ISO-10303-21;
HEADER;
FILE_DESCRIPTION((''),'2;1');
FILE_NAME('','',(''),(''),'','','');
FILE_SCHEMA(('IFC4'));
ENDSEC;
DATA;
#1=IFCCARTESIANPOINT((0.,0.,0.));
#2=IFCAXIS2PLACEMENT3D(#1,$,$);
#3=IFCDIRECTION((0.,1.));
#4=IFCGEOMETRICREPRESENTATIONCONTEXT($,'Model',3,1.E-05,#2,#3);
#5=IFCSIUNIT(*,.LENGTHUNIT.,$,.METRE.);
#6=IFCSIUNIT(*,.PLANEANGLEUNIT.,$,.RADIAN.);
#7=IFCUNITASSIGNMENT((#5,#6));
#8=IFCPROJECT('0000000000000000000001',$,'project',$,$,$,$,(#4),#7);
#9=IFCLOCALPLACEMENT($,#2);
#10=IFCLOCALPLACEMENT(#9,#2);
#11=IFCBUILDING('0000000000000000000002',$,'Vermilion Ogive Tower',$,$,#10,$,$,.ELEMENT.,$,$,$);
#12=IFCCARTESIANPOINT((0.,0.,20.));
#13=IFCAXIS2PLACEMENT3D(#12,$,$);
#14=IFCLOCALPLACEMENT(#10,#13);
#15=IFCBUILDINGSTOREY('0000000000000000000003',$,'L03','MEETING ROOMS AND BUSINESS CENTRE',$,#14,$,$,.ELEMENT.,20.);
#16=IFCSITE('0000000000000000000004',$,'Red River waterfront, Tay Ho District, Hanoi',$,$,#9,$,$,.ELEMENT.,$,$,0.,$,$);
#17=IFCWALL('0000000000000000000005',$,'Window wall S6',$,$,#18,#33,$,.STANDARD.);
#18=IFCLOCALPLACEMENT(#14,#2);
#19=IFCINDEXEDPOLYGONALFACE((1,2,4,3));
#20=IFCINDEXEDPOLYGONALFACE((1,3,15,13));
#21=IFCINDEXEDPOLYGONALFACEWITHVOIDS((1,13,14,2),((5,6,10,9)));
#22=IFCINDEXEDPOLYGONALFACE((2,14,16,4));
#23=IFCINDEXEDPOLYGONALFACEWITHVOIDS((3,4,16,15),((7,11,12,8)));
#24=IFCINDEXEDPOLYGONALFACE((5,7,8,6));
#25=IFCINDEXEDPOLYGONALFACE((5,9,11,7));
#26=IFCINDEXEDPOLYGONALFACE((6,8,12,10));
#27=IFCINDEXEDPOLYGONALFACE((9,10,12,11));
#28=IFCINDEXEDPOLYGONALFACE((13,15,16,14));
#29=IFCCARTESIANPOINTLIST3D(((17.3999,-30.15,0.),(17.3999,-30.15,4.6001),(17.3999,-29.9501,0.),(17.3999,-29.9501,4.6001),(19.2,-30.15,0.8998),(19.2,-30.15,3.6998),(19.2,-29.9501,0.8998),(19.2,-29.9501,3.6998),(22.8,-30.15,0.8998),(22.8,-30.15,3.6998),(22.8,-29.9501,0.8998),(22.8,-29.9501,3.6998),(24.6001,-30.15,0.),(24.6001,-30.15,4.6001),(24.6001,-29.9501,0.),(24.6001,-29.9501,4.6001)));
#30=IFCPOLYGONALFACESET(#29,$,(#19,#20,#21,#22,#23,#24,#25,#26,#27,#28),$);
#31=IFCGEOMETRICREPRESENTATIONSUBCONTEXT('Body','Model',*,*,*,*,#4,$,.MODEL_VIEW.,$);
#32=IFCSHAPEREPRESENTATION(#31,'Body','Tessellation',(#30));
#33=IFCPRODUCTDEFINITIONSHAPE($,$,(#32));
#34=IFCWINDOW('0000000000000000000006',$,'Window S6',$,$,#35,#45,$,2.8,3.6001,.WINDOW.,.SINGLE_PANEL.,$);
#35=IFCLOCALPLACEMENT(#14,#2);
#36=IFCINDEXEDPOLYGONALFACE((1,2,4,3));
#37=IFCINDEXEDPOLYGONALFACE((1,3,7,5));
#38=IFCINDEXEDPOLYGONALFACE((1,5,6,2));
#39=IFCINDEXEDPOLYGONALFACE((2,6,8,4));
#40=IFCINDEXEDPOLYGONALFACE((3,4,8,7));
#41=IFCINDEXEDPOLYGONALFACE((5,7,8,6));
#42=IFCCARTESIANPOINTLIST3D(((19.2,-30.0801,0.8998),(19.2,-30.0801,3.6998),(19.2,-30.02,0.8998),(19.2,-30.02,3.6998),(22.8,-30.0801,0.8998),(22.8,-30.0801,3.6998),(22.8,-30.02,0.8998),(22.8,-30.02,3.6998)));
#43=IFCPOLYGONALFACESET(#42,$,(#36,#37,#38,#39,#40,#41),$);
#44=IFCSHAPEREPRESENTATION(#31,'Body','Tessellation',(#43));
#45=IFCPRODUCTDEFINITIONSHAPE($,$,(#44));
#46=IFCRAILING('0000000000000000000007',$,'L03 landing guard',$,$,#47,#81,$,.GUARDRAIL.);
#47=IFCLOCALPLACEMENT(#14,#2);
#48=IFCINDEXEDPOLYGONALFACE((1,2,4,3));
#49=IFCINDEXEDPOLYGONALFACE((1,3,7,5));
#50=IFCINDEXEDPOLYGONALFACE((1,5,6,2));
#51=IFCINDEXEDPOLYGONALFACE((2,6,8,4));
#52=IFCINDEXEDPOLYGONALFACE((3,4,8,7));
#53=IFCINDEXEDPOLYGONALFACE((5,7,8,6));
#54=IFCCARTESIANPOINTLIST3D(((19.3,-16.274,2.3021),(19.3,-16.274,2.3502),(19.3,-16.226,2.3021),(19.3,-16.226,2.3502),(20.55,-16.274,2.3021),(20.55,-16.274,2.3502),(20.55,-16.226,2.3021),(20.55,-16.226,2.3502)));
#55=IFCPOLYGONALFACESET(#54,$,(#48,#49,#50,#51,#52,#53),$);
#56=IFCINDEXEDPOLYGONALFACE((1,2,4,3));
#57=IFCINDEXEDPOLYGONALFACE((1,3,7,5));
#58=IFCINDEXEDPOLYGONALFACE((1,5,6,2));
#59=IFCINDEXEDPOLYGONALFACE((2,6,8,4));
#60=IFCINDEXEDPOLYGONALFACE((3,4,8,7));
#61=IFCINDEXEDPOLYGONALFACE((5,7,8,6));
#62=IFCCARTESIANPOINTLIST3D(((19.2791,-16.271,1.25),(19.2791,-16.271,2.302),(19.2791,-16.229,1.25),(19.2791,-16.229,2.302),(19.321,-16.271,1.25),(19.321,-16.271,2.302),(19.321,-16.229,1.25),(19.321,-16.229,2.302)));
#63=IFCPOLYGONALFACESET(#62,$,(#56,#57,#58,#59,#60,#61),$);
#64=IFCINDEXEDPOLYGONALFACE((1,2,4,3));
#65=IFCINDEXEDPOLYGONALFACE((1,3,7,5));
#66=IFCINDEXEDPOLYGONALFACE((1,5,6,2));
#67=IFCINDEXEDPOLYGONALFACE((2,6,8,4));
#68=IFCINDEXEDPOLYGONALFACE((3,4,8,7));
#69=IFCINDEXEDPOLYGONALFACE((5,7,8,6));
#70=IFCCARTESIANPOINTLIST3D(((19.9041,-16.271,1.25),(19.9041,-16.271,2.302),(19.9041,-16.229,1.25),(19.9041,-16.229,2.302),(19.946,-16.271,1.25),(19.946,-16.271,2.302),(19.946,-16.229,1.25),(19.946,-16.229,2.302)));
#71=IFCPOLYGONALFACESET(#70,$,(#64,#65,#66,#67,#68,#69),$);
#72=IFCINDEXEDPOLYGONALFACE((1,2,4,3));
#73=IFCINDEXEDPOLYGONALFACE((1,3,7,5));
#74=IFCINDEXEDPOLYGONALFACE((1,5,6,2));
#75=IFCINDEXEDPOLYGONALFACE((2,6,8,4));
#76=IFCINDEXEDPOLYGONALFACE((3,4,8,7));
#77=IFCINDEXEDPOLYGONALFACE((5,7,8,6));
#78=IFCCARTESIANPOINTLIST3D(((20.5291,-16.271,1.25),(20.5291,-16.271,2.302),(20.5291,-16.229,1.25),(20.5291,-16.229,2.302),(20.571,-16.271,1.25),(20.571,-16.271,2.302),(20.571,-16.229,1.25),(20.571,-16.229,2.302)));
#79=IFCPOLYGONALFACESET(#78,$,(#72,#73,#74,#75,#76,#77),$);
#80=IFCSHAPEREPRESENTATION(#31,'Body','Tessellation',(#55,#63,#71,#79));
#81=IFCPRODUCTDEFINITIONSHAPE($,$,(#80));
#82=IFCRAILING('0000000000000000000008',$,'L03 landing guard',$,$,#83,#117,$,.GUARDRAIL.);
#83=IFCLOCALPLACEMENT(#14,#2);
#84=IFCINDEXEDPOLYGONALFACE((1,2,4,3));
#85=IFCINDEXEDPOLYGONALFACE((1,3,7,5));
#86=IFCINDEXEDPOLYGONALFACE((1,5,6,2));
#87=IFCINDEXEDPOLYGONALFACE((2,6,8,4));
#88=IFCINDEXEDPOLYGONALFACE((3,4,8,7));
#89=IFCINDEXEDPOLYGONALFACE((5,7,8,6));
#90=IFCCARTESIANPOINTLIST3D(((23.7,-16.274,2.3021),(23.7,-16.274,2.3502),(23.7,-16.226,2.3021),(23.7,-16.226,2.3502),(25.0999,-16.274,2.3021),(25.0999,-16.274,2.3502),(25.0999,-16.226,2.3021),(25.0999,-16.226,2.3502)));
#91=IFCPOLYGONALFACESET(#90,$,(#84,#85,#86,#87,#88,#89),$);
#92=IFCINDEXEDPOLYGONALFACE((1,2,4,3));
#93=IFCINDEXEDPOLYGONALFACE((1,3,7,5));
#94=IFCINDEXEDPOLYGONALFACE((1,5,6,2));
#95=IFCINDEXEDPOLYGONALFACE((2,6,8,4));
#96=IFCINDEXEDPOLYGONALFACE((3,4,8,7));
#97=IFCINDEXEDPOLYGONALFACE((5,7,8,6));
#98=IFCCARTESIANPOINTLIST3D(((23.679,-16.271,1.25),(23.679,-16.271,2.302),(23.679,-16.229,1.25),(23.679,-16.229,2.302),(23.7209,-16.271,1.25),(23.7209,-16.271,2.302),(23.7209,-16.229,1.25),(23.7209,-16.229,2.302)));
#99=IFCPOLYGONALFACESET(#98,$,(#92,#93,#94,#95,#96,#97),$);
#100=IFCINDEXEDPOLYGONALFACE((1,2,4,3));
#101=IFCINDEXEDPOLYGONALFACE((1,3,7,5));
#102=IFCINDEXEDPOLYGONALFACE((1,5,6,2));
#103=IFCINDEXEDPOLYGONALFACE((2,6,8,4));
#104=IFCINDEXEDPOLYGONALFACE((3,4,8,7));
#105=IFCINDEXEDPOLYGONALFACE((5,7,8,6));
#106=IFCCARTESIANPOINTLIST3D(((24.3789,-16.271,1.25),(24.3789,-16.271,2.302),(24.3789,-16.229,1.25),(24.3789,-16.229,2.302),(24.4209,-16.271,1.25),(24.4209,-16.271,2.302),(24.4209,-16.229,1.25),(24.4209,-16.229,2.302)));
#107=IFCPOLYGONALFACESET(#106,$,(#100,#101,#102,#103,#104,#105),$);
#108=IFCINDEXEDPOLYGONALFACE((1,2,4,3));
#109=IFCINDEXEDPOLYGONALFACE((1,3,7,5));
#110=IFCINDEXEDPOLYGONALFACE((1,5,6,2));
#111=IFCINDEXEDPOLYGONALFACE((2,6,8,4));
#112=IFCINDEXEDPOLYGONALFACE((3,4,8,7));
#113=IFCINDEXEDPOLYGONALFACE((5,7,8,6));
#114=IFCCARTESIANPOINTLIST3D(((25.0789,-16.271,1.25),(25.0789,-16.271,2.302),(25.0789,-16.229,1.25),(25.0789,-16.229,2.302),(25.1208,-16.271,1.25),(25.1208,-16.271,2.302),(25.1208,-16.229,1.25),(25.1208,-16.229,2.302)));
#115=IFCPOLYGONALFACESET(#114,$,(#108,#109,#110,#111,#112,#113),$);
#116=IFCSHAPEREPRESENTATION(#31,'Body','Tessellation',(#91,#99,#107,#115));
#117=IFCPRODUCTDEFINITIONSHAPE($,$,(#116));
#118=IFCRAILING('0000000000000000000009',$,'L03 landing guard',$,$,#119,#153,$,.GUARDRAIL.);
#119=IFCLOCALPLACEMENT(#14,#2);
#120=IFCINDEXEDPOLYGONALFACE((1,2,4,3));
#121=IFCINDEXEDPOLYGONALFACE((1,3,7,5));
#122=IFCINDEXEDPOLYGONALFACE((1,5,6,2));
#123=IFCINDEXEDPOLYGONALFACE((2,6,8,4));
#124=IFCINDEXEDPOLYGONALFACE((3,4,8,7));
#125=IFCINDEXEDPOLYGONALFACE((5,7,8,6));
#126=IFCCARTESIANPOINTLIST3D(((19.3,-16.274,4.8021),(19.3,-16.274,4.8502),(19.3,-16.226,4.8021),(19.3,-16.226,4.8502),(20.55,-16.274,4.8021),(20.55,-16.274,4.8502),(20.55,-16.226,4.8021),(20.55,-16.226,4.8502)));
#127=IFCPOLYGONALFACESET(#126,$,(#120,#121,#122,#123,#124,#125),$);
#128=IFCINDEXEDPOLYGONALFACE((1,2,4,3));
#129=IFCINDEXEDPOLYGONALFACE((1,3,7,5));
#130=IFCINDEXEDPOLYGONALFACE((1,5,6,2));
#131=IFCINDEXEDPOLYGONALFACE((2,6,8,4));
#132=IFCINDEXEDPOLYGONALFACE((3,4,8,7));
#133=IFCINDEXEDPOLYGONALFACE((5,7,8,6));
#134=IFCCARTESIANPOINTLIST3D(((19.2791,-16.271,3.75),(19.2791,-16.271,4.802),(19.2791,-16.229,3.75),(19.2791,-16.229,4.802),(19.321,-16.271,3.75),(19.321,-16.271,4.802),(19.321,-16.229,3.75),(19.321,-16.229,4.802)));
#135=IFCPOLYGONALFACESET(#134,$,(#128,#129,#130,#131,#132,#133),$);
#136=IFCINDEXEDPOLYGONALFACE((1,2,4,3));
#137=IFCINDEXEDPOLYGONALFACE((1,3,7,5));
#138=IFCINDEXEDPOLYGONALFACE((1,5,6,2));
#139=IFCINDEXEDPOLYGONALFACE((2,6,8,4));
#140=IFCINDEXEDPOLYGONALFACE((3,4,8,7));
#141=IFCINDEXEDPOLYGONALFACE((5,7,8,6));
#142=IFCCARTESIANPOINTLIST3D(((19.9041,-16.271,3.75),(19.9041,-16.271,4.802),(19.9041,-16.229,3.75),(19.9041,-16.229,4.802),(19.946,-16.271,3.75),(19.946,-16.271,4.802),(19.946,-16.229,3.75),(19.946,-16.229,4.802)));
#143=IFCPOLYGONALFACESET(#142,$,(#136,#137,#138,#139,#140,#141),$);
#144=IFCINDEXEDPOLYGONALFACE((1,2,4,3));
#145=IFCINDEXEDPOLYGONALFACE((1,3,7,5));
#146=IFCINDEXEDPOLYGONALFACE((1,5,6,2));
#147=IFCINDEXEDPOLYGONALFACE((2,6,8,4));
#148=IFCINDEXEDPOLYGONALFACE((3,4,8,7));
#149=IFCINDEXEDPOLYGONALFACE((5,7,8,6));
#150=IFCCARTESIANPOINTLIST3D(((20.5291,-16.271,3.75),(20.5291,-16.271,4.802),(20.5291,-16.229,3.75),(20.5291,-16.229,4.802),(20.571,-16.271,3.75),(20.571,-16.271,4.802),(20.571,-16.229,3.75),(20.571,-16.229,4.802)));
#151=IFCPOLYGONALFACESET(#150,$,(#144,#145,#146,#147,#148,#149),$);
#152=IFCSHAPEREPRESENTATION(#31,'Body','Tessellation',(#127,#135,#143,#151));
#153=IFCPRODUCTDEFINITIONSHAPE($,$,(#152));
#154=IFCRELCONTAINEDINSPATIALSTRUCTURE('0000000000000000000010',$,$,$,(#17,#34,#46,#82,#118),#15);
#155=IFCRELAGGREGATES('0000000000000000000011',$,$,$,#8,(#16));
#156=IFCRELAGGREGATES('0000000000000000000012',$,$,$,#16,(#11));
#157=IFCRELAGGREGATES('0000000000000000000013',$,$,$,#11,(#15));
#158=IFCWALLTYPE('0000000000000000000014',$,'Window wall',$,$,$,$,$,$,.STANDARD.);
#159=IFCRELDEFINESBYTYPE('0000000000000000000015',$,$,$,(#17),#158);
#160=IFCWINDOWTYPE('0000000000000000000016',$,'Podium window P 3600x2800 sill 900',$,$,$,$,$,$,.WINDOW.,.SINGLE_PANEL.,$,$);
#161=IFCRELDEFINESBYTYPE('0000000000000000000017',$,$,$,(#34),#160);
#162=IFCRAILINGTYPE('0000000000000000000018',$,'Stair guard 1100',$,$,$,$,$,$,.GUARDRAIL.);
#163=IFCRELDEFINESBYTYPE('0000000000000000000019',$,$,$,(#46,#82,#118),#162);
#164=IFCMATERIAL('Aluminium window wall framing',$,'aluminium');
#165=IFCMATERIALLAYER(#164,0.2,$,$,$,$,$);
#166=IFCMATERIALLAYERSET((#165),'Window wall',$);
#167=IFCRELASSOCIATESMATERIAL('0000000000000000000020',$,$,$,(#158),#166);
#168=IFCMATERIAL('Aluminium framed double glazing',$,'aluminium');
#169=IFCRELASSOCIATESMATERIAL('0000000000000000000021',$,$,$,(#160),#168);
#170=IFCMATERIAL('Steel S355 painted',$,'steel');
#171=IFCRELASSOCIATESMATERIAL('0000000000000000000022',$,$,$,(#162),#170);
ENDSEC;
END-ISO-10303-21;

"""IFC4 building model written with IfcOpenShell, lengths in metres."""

from ifc_helpers import new_model, si_unit, direction, frame, frame_2d, origin, origin_2d, place, context, subcontext, project, spatial, rectangle, extrude, material, layer, layer_set, type_object, element, fill, save


model = new_model("IFC4")

# Units and contexts
model_context = context("Model", 3, precision=1e-05, world=origin(), true_north=direction((0.0, 1.0)))
body_context = subcontext(model_context, "Body", "Model", "MODEL_VIEW")
ifc_project = project(units=[si_unit("LENGTHUNIT", "METRE"), si_unit("PLANEANGLEUNIT", "RADIAN")], contexts=[model_context])

# Site, building, storey
site_placement = place(None, origin())
site = spatial("IfcSite", under=ifc_project, at=site_placement, Name="Red River waterfront, Tay Ho District, Hanoi", CompositionType="ELEMENT", RefElevation=0.0)
building_placement = place(site_placement, origin())
building = spatial("IfcBuilding", under=site, at=building_placement, Name="Vermilion Ogive Tower", CompositionType="ELEMENT")
storey_placement = place(building_placement, frame((0.0, 0.0, 20.0)))
storey = spatial("IfcBuildingStorey", under=building, at=storey_placement, Name="L03", Description="MEETING ROOMS AND BUSINESS CENTRE", CompositionType="ELEMENT", Elevation=20.0)

# Wall, opening, window
ifc_material_1 = material(Name="Aluminium window wall framing", Category="aluminium")
ifc_layer_1 = layer(ifc_material_1, 0.2)
ifc_layer_set_1 = layer_set([ifc_layer_1], Name="Window wall")
wall_type_1 = type_object("IfcWallType", Name="Window wall", PredefinedType="STANDARD", material=ifc_layer_set_1)
wall_1_placement = place(storey_placement, frame((17.3999, -30.05, 0.0), z_axis=(0.0, 0.0, 1.0), x_axis=(1.0, 0.0, 0.0)))
wall_1 = element("IfcWall", 1, at=wall_1_placement, inside=storey, type_object=wall_type_1, Name="Window wall S6", PredefinedType="STANDARD", context=body_context, shape_type="SweptSolid", body=[
    extrude(rectangle(XDim=7.2002, YDim=0.2, at=frame_2d((3.6001, 0.0))), origin(), (0.0, 0.0, 1.0), 4.6001),
])
opening_1_placement = place(wall_1_placement, frame((1.8, 0.0, 0.8999)))
opening_1 = element("IfcOpeningElement", 2, at=opening_1_placement, cuts=wall_1, PredefinedType="OPENING", context=body_context, shape_type="SweptSolid", body=[
    extrude(rectangle(XDim=3.6001, YDim=2.8, at=frame_2d((1.8, 1.3999))), frame((0.0, 0.1099, 0.0), z_axis=(0.0, -1.0, 0.0), x_axis=(1.0, 0.0, 0.0)), (0.0, 0.0, 1.0), 0.22),
])
ifc_material_2 = material(Name="Aluminium framed double glazing", Category="aluminium")
window_type = type_object("IfcWindowType", Name="Podium window P 3600x2800 sill 900", PartitioningType="SINGLE_PANEL", PredefinedType="WINDOW", material=ifc_material_2)
window_placement = place(opening_1_placement, origin())
window = element("IfcWindow", 3, at=window_placement, inside=storey, type_object=window_type, Name="Window S6", OverallHeight=2.8, OverallWidth=3.6001, PartitioningType="SINGLE_PANEL", PredefinedType="WINDOW", context=body_context, shape_type="SweptSolid", body=[
    extrude(rectangle(XDim=3.6001, YDim=2.8, at=frame_2d((1.8, 1.3999))), frame((0.0, 0.03, 0.0), z_axis=(0.0, -1.0, 0.0), x_axis=(1.0, 0.0, 0.0)), (0.0, 0.0, 1.0), 0.0601),
])
fill(opening_1, window)

# Railings
ifc_material_3 = material(Name="Steel S355 painted", Category="steel")
railing_type = type_object("IfcRailingType", Name="Stair guard 1100", PredefinedType="GUARDRAIL", material=ifc_material_3)
railing_1_placement = place(storey_placement, frame((19.3, -16.25, 1.25)))
element("IfcRailing", 4, at=railing_1_placement, inside=storey, type_object=railing_type, Name="L03 landing guard", PredefinedType="GUARDRAIL", context=body_context, shape_type="SweptSolid", body=[
    extrude(rectangle(XDim=0.0481, YDim=0.0481, at=origin_2d()), frame((0.0, 0.0, 1.0762), z_axis=(1.0, 0.0, 0.0), x_axis=(0.0, 1.0, 0.0)), (0.0, 0.0, 1.0), 1.25),
    extrude(rectangle(XDim=0.042, YDim=0.042, at=origin_2d()), origin(), (0.0, 0.0, 1.0), 1.052),
    extrude(rectangle(XDim=0.042, YDim=0.042, at=origin_2d()), frame((0.625, 0.0, 0.0)), (0.0, 0.0, 1.0), 1.052),
    extrude(rectangle(XDim=0.042, YDim=0.042, at=origin_2d()), frame((1.25, 0.0, 0.0)), (0.0, 0.0, 1.0), 1.052),
])
railing_2_placement = place(storey_placement, frame((23.7, -16.25, 1.25)))
element("IfcRailing", 5, at=railing_2_placement, inside=storey, type_object=railing_type, Name="L03 landing guard", PredefinedType="GUARDRAIL", context=body_context, shape_type="SweptSolid", body=[
    extrude(rectangle(XDim=0.0481, YDim=0.0481, at=origin_2d()), frame((0.0, 0.0, 1.0762), z_axis=(1.0, 0.0, 0.0), x_axis=(0.0, 1.0, 0.0)), (0.0, 0.0, 1.0), 1.3999),
    extrude(rectangle(XDim=0.042, YDim=0.042, at=origin_2d()), origin(), (0.0, 0.0, 1.0), 1.052),
    extrude(rectangle(XDim=0.042, YDim=0.042, at=origin_2d()), frame((0.7, 0.0, 0.0)), (0.0, 0.0, 1.0), 1.052),
    extrude(rectangle(XDim=0.042, YDim=0.042, at=origin_2d()), frame((1.3999, 0.0, 0.0)), (0.0, 0.0, 1.0), 1.052),
])
railing_3_placement = place(storey_placement, frame((19.3, -16.25, 3.75)))
element("IfcRailing", 6, at=railing_3_placement, inside=storey, type_object=railing_type, Name="L03 landing guard", PredefinedType="GUARDRAIL", context=body_context, shape_type="SweptSolid", body=[
    extrude(rectangle(XDim=0.0481, YDim=0.0481, at=origin_2d()), frame((0.0, 0.0, 1.0762), z_axis=(1.0, 0.0, 0.0), x_axis=(0.0, 1.0, 0.0)), (0.0, 0.0, 1.0), 1.25),
    extrude(rectangle(XDim=0.042, YDim=0.042, at=origin_2d()), origin(), (0.0, 0.0, 1.0), 1.052),
    extrude(rectangle(XDim=0.042, YDim=0.042, at=origin_2d()), frame((0.625, 0.0, 0.0)), (0.0, 0.0, 1.0), 1.052),
    extrude(rectangle(XDim=0.042, YDim=0.042, at=origin_2d()), frame((1.25, 0.0, 0.0)), (0.0, 0.0, 1.0), 1.052),
])

save(model, "model.ifc")
